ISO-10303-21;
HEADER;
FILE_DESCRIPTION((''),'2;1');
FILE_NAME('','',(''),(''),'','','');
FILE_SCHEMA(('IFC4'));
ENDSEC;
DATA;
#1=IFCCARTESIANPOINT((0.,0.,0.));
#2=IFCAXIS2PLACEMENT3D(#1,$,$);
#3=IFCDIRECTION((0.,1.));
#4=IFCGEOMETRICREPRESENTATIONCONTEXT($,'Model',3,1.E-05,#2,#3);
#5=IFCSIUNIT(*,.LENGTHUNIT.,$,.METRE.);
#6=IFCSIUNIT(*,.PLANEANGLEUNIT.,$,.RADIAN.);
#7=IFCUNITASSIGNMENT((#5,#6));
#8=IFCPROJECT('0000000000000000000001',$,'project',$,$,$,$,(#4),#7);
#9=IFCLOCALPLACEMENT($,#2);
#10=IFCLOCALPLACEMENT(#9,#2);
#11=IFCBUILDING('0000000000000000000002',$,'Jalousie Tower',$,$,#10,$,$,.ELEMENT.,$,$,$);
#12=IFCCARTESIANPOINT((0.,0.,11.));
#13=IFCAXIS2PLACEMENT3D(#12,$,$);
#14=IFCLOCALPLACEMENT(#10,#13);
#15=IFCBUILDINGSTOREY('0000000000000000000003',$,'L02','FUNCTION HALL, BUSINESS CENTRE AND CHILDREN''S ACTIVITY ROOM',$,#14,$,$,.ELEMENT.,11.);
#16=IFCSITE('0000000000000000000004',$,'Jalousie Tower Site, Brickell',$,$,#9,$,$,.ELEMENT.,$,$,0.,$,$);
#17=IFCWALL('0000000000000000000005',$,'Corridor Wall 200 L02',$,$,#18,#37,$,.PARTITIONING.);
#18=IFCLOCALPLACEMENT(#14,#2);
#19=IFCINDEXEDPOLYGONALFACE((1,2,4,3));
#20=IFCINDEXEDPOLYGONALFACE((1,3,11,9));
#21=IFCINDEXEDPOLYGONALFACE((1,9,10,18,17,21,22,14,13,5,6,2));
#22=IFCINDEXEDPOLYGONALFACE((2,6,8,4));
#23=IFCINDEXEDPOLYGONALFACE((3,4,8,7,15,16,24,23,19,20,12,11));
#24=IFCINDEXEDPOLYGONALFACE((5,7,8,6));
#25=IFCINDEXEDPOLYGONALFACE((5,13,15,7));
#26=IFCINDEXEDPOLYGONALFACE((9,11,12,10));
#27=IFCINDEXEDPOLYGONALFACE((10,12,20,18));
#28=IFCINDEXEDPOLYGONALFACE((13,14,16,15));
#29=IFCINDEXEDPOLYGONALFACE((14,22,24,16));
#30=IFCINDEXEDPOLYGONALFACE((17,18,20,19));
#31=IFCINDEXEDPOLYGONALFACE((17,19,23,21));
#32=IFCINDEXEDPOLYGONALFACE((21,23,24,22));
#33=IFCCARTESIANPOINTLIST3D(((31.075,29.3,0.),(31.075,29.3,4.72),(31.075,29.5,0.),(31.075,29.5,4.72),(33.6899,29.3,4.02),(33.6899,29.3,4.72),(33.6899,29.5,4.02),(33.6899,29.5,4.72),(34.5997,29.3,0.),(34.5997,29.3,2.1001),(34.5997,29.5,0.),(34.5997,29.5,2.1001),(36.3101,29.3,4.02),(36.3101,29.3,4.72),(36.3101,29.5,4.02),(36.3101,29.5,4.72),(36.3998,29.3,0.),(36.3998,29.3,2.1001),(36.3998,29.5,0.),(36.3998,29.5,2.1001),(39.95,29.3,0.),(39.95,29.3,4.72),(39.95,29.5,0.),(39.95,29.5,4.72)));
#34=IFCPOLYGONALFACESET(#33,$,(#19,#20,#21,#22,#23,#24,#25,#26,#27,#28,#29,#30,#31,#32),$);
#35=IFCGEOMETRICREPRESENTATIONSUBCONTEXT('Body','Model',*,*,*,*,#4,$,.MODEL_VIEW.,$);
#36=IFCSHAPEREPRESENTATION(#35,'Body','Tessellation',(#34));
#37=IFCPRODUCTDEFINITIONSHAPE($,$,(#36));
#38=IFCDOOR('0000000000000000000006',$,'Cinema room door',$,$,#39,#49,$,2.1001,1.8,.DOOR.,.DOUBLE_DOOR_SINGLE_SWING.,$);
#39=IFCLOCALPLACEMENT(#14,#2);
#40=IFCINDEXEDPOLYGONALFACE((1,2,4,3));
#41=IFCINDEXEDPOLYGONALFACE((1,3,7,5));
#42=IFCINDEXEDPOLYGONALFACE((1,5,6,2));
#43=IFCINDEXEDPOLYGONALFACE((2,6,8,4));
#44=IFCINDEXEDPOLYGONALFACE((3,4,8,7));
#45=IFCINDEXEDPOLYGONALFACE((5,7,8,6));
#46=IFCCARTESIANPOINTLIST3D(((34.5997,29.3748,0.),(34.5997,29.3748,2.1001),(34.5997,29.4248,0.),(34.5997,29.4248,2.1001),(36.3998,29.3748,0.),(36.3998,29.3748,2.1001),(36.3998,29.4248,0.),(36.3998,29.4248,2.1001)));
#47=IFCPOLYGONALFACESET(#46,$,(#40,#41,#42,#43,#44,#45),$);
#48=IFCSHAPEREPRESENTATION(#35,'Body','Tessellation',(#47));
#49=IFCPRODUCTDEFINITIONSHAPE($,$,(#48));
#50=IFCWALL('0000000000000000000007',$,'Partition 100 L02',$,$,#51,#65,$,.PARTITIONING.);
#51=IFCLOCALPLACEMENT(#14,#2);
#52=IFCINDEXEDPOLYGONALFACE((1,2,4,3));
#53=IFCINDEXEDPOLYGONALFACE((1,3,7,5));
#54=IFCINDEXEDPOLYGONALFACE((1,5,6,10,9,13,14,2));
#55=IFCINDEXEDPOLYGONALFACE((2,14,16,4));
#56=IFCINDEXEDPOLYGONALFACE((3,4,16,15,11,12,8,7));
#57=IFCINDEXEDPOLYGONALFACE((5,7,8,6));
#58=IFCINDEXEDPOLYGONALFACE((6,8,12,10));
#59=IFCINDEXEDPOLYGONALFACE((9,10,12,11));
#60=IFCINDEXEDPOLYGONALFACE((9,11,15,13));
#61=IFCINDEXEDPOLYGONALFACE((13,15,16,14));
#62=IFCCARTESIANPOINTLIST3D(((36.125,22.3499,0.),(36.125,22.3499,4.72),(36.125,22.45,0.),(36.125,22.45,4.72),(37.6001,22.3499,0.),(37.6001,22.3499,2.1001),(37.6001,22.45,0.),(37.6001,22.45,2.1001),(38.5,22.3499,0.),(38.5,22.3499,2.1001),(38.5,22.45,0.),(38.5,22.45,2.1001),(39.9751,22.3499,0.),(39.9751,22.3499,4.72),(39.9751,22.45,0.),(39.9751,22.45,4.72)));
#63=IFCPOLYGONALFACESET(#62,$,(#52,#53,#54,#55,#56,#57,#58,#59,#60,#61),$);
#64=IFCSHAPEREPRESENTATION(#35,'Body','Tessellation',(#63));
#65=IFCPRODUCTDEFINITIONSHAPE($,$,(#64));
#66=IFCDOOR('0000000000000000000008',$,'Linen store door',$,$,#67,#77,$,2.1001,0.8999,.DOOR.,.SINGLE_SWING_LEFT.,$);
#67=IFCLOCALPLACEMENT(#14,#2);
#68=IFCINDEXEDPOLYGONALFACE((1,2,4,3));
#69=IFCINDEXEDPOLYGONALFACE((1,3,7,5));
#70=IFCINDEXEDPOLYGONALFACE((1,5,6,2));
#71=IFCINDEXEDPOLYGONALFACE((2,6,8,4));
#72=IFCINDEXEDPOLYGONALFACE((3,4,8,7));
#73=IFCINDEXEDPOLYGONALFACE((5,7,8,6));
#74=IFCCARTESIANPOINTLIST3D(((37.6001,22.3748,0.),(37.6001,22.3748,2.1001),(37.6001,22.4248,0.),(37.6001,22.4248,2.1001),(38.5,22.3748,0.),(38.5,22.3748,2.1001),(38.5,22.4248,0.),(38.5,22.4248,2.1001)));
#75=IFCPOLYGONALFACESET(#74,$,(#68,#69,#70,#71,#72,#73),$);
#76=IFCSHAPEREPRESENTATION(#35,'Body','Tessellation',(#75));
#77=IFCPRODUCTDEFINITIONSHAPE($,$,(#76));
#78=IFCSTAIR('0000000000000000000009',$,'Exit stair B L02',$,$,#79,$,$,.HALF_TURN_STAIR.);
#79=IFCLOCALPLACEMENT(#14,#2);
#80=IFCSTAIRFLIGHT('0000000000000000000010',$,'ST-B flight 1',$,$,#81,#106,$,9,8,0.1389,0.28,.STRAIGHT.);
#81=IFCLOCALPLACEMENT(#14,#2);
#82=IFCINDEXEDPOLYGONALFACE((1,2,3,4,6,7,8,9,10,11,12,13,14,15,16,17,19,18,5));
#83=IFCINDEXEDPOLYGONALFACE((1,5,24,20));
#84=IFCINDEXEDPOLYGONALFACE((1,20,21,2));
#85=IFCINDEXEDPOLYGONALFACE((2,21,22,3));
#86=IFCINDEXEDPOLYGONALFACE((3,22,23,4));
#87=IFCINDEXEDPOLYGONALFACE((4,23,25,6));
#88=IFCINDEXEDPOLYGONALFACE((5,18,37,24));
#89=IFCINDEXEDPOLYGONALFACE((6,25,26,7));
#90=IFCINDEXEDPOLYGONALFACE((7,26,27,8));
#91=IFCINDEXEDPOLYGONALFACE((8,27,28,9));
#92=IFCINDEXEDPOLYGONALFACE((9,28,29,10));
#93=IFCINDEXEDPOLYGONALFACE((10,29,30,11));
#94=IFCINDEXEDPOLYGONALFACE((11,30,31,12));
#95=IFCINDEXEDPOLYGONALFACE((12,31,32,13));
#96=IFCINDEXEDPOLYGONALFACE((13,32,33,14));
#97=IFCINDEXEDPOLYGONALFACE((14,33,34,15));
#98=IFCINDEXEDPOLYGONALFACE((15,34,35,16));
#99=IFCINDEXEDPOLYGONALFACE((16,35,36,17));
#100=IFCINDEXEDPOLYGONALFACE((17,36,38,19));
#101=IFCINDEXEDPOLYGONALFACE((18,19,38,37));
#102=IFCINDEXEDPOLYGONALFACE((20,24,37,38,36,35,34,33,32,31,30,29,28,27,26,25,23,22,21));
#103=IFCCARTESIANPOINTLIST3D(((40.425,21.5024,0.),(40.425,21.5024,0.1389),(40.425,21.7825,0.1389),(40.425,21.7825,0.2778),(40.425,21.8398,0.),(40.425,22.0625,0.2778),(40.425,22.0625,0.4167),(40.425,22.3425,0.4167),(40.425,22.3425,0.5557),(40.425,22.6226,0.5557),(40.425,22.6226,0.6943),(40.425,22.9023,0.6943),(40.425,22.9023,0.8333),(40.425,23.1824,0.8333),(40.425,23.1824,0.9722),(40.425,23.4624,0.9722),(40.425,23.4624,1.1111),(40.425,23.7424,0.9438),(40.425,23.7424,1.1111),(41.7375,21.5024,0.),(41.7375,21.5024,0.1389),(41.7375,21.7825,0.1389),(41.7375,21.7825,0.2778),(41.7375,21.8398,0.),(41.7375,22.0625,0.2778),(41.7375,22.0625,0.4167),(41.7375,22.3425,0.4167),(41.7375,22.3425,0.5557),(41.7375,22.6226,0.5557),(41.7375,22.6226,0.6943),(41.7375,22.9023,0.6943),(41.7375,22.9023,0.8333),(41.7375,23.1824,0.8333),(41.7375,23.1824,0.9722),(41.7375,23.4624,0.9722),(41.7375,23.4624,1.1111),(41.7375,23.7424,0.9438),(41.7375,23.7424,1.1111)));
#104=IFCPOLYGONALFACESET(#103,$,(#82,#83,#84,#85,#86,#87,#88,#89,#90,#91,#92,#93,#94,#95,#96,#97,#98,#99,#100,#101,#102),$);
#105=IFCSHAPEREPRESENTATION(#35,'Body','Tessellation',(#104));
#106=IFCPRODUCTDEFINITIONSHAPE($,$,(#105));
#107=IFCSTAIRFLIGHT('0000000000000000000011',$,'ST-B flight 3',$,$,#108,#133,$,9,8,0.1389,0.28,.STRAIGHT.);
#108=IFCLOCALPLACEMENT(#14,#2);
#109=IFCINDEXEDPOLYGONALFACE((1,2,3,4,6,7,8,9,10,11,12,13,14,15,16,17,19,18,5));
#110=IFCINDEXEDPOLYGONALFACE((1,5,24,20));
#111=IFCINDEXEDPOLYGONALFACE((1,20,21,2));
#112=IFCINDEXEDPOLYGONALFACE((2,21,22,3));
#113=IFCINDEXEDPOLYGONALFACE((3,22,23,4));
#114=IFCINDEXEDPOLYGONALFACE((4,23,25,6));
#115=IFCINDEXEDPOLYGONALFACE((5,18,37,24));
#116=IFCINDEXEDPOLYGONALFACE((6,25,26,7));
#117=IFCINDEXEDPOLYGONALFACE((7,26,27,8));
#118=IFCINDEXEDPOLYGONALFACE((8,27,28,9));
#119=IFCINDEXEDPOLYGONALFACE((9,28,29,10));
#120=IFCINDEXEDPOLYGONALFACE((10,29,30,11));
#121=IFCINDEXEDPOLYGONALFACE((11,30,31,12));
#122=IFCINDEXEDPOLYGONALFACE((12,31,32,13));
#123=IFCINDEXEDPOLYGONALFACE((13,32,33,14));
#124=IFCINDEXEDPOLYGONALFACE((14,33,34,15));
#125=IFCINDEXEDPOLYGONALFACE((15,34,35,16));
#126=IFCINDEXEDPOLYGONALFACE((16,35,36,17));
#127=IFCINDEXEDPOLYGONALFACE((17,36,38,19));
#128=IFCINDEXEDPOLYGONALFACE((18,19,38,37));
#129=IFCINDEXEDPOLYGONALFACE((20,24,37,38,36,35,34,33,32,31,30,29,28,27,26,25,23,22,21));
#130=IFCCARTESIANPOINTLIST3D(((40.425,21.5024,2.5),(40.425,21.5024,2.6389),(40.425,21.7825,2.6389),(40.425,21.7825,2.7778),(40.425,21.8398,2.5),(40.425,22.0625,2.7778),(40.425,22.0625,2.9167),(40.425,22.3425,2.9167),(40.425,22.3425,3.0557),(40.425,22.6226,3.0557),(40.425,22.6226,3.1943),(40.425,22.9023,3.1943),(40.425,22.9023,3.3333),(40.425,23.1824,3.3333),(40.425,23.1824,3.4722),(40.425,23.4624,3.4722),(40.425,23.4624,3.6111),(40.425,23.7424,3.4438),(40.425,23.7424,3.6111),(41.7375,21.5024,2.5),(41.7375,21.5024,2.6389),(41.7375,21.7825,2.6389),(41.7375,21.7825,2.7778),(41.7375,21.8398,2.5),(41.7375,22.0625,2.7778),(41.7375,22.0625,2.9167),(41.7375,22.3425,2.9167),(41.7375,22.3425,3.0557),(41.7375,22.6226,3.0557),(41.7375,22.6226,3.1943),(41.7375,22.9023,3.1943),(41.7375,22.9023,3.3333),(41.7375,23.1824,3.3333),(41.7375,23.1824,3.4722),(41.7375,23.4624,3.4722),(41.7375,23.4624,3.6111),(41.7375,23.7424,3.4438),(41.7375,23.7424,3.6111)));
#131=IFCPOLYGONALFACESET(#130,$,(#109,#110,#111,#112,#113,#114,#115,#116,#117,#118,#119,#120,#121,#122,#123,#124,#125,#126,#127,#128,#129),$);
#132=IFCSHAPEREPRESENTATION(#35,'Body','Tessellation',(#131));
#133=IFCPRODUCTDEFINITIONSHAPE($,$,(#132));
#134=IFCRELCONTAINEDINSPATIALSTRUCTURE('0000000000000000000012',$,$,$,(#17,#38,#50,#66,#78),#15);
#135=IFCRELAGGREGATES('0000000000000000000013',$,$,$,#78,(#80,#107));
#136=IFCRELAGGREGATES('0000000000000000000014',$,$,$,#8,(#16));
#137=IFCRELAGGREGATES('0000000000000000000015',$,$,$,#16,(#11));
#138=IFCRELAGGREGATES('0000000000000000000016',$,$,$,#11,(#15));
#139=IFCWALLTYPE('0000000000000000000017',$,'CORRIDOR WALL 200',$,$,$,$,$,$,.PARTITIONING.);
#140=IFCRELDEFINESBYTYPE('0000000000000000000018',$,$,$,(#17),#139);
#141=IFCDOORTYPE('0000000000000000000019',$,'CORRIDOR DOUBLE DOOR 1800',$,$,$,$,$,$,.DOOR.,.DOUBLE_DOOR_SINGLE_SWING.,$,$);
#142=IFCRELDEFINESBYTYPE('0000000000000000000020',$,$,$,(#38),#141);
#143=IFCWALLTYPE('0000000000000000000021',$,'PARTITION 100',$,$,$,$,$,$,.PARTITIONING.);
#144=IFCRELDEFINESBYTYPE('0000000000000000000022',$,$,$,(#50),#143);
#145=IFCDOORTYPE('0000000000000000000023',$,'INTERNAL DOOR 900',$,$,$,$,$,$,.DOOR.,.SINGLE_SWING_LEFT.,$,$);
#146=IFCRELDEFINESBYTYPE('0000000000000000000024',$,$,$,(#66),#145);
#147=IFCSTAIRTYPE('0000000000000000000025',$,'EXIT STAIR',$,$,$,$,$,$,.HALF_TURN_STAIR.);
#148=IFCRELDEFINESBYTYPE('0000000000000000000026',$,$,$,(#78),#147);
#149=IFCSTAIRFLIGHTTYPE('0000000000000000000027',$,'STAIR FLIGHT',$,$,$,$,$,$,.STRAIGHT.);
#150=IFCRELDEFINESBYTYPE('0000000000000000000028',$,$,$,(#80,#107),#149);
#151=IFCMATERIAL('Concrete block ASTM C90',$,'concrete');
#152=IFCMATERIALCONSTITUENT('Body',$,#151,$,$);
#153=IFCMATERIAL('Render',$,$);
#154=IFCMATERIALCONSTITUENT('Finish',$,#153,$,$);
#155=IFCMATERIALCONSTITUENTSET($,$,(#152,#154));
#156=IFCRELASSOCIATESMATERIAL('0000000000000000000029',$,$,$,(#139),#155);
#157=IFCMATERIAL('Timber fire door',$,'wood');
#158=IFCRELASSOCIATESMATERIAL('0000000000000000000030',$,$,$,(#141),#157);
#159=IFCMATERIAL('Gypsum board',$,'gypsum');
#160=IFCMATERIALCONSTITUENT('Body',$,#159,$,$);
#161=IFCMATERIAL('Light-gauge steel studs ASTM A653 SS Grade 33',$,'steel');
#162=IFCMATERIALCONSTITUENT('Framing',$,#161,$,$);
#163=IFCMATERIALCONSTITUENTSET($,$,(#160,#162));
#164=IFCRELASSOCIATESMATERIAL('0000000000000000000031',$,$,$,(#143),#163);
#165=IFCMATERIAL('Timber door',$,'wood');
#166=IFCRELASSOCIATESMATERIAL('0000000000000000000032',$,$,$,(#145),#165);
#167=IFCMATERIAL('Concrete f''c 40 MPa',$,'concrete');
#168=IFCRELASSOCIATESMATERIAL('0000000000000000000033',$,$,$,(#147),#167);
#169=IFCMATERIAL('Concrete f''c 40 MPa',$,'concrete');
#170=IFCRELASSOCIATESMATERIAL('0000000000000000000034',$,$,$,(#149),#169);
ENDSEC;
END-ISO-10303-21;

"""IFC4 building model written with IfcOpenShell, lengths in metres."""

from ifc_helpers import new_model, si_unit, direction, frame, frame_2d, origin, place, context, subcontext, project, spatial, polyline, rectangle, outline, extrude, material, constituent, constituent_set, type_object, element, fill, aggregate, save


model = new_model("IFC4")

# Units and contexts
model_context = context("Model", 3, precision=1e-05, world=origin(), true_north=direction((0.0, 1.0)))
body_context = subcontext(model_context, "Body", "Model", "MODEL_VIEW")
ifc_project = project(units=[si_unit("LENGTHUNIT", "METRE"), si_unit("PLANEANGLEUNIT", "RADIAN")], contexts=[model_context])

# Site, building, storey
site_placement = place(None, origin())
site = spatial("IfcSite", under=ifc_project, at=site_placement, Name="Jalousie Tower Site, Brickell", CompositionType="ELEMENT", RefElevation=0.0)
building_placement = place(site_placement, origin())
building = spatial("IfcBuilding", under=site, at=building_placement, Name="Jalousie Tower", CompositionType="ELEMENT")
storey_placement = place(building_placement, frame((0.0, 0.0, 11.0)))
storey = spatial("IfcBuildingStorey", under=building, at=storey_placement, Name="L02", Description="FUNCTION HALL, BUSINESS CENTRE AND CHILDREN'S ACTIVITY ROOM", CompositionType="ELEMENT", Elevation=11.0)

# Walls, openings, doors
ifc_material_1 = material(Name="Concrete block ASTM C90", Category="concrete")
ifc_constituent_1 = constituent(ifc_material_1, Name="Body")
ifc_material_2 = material(Name="Render")
ifc_constituent_2 = constituent(ifc_material_2, Name="Finish")
ifc_constituent_set_1 = constituent_set(constituents=[ifc_constituent_1, ifc_constituent_2])
wall_type_1 = type_object("IfcWallType", Name="CORRIDOR WALL 200", PredefinedType="PARTITIONING", material=ifc_constituent_set_1)
wall_1_placement = place(storey_placement, frame((31.075, 29.3999, 0.0), z_axis=(0.0, 0.0, 1.0), x_axis=(1.0, 0.0, 0.0)))
wall_1 = element("IfcWall", 1, at=wall_1_placement, inside=storey, type_object=wall_type_1, Name="Corridor Wall 200 L02", PredefinedType="PARTITIONING", context=body_context, shape_type="SweptSolid", body=[
    extrude(outline(polyline([(0.0, 0.0), (8.875, 0.0), (8.875, 4.72), (5.2351, 4.72), (5.2351, 4.02), (2.615, 4.02), (2.615, 4.72), (0.0, 4.72), (0.0, 0.0)])), frame((0.0, 0.1001, 0.0), z_axis=(0.0, -1.0, 0.0), x_axis=(1.0, 0.0, 0.0)), (0.0, 0.0, 1.0), 0.2),
])
opening_1_placement = place(wall_1_placement, frame((3.5249, 0.0, 0.0)))
opening_1 = element("IfcOpeningElement", 2, at=opening_1_placement, cuts=wall_1, PredefinedType="OPENING", context=body_context, shape_type="SweptSolid", body=[
    extrude(rectangle(XDim=1.8, YDim=2.1001, at=frame_2d((0.8999, 1.05))), frame((0.0, 0.1099, 0.0), z_axis=(0.0, -1.0, 0.0), x_axis=(1.0, 0.0, 0.0)), (0.0, 0.0, 1.0), 0.22),
])
ifc_material_3 = material(Name="Timber fire door", Category="wood")
door_type_1 = type_object("IfcDoorType", Name="CORRIDOR DOUBLE DOOR 1800", OperationType="DOUBLE_DOOR_SINGLE_SWING", PredefinedType="DOOR", material=ifc_material_3)
door_1_placement = place(opening_1_placement, origin())
door_1 = element("IfcDoor", 3, at=door_1_placement, inside=storey, type_object=door_type_1, Name="Cinema room door", OperationType="DOUBLE_DOOR_SINGLE_SWING", OverallHeight=2.1001, OverallWidth=1.8, PredefinedType="DOOR", context=body_context, shape_type="SweptSolid", body=[
    extrude(rectangle(XDim=1.8, YDim=2.1001, at=frame_2d((0.8999, 1.05))), frame((0.0, 0.0249, 0.0), z_axis=(0.0, -1.0, 0.0), x_axis=(1.0, 0.0, 0.0)), (0.0, 0.0, 1.0), 0.05),
])
fill(opening_1, door_1)
ifc_material_4 = material(Name="Gypsum board", Category="gypsum")
ifc_constituent_3 = constituent(ifc_material_4, Name="Body")
ifc_material_5 = material(Name="Light-gauge steel studs ASTM A653 SS Grade 33", Category="steel")
ifc_constituent_4 = constituent(ifc_material_5, Name="Framing")
ifc_constituent_set_2 = constituent_set(constituents=[ifc_constituent_3, ifc_constituent_4])
wall_type_2 = type_object("IfcWallType", Name="PARTITION 100", PredefinedType="PARTITIONING", material=ifc_constituent_set_2)
wall_2_placement = place(storey_placement, frame((36.125, 22.3999, 0.0), z_axis=(0.0, 0.0, 1.0), x_axis=(1.0, 0.0, 0.0)))
wall_2 = element("IfcWall", 4, at=wall_2_placement, inside=storey, type_object=wall_type_2, Name="Partition 100 L02", PredefinedType="PARTITIONING", context=body_context, shape_type="SweptSolid", body=[
    extrude(rectangle(XDim=3.8501, YDim=0.1001, at=frame_2d((1.925, 0.0))), origin(), (0.0, 0.0, 1.0), 4.72),
])
opening_2_placement = place(wall_2_placement, frame((1.4751, 0.0, 0.0)))
opening_2 = element("IfcOpeningElement", 5, at=opening_2_placement, cuts=wall_2, PredefinedType="OPENING", context=body_context, shape_type="SweptSolid", body=[
    extrude(rectangle(XDim=0.8999, YDim=2.1001, at=frame_2d((0.45, 1.05))), frame((0.0, 0.0601, 0.0), z_axis=(0.0, -1.0, 0.0), x_axis=(1.0, 0.0, 0.0)), (0.0, 0.0, 1.0), 0.1201),
])
ifc_material_6 = material(Name="Timber door", Category="wood")
door_type_2 = type_object("IfcDoorType", Name="INTERNAL DOOR 900", OperationType="SINGLE_SWING_LEFT", PredefinedType="DOOR", material=ifc_material_6)
door_2_placement = place(opening_2_placement, origin())
door_2 = element("IfcDoor", 6, at=door_2_placement, inside=storey, type_object=door_type_2, Name="Linen store door", OperationType="SINGLE_SWING_LEFT", OverallHeight=2.1001, OverallWidth=0.8999, PredefinedType="DOOR", context=body_context, shape_type="SweptSolid", body=[
    extrude(rectangle(XDim=0.8999, YDim=2.1001, at=frame_2d((0.45, 1.05))), frame((0.0, 0.0249, 0.0), z_axis=(0.0, -1.0, 0.0), x_axis=(1.0, 0.0, 0.0)), (0.0, 0.0, 1.0), 0.05),
])
fill(opening_2, door_2)

# Stair, stair flights
ifc_material_7 = material(Name="Concrete f'c 40 MPa", Category="concrete")
stair_type = type_object("IfcStairType", Name="EXIT STAIR", PredefinedType="HALF_TURN_STAIR", material=ifc_material_7)
stair_placement = place(storey_placement, origin())
stair = element("IfcStair", 7, at=stair_placement, inside=storey, type_object=stair_type, Name="Exit stair B L02", PredefinedType="HALF_TURN_STAIR")
ifc_material_8 = material(Name="Concrete f'c 40 MPa", Category="concrete")
stair_flight_type = type_object("IfcStairFlightType", Name="STAIR FLIGHT", PredefinedType="STRAIGHT", material=ifc_material_8)
stair_flight_1_placement = place(storey_placement, frame((41.0813, 21.5024, 0.0), z_axis=(0.0, 0.0, 1.0), x_axis=(0.0, 1.0, 0.0)))
stair_flight_1 = element("IfcStairFlight", 8, at=stair_flight_1_placement, type_object=stair_flight_type, Name="ST-B flight 1", NumberOfRisers=9, NumberOfTreads=8, PredefinedType="STRAIGHT", RiserHeight=0.1389, TreadLength=0.28, context=body_context, shape_type="SweptSolid", body=[
    extrude(outline(polyline([(0.0, 0.0), (0.0, 0.1389), (0.28, 0.1389), (0.28, 0.2778), (0.5601, 0.2778), (0.5601, 0.4167), (0.8401, 0.4167), (0.8401, 0.5557), (1.1201, 0.5557), (1.1201, 0.6943), (1.3999, 0.6943), (1.3999, 0.8333), (1.6799, 0.8333), (1.6799, 0.9722), (1.96, 0.9722), (1.96, 1.1111), (2.24, 1.1111), (2.24, 1.25), (2.24, 0.9438), (0.3374, 0.0), (0.0, 0.0)])), frame((0.0, 0.6562, 0.0), z_axis=(0.0, -1.0, 0.0), x_axis=(1.0, 0.0, 0.0)), (0.0, 0.0, 1.0), 1.3125),
])
stair_flight_2_placement = place(storey_placement, frame((41.0813, 21.5024, 2.5), z_axis=(0.0, 0.0, 1.0), x_axis=(0.0, 1.0, 0.0)))
stair_flight_2 = element("IfcStairFlight", 9, at=stair_flight_2_placement, type_object=stair_flight_type, Name="ST-B flight 3", NumberOfRisers=9, NumberOfTreads=8, PredefinedType="STRAIGHT", RiserHeight=0.1389, TreadLength=0.28, context=body_context, shape_type="SweptSolid", body=[
    extrude(outline(polyline([(0.0, 0.0), (0.0, 0.1389), (0.28, 0.1389), (0.28, 0.2778), (0.5601, 0.2778), (0.5601, 0.4167), (0.8401, 0.4167), (0.8401, 0.5557), (1.1201, 0.5557), (1.1201, 0.6943), (1.3999, 0.6943), (1.3999, 0.8333), (1.6799, 0.8333), (1.6799, 0.9722), (1.96, 0.9722), (1.96, 1.1111), (2.24, 1.1111), (2.24, 1.25), (2.24, 0.9438), (0.3374, 0.0), (0.0, 0.0)])), frame((0.0, 0.6562, 0.0), z_axis=(0.0, -1.0, 0.0), x_axis=(1.0, 0.0, 0.0)), (0.0, 0.0, 1.0), 1.3125),
])
aggregate(stair, [stair_flight_1, stair_flight_2])

save(model, "model.ifc")
